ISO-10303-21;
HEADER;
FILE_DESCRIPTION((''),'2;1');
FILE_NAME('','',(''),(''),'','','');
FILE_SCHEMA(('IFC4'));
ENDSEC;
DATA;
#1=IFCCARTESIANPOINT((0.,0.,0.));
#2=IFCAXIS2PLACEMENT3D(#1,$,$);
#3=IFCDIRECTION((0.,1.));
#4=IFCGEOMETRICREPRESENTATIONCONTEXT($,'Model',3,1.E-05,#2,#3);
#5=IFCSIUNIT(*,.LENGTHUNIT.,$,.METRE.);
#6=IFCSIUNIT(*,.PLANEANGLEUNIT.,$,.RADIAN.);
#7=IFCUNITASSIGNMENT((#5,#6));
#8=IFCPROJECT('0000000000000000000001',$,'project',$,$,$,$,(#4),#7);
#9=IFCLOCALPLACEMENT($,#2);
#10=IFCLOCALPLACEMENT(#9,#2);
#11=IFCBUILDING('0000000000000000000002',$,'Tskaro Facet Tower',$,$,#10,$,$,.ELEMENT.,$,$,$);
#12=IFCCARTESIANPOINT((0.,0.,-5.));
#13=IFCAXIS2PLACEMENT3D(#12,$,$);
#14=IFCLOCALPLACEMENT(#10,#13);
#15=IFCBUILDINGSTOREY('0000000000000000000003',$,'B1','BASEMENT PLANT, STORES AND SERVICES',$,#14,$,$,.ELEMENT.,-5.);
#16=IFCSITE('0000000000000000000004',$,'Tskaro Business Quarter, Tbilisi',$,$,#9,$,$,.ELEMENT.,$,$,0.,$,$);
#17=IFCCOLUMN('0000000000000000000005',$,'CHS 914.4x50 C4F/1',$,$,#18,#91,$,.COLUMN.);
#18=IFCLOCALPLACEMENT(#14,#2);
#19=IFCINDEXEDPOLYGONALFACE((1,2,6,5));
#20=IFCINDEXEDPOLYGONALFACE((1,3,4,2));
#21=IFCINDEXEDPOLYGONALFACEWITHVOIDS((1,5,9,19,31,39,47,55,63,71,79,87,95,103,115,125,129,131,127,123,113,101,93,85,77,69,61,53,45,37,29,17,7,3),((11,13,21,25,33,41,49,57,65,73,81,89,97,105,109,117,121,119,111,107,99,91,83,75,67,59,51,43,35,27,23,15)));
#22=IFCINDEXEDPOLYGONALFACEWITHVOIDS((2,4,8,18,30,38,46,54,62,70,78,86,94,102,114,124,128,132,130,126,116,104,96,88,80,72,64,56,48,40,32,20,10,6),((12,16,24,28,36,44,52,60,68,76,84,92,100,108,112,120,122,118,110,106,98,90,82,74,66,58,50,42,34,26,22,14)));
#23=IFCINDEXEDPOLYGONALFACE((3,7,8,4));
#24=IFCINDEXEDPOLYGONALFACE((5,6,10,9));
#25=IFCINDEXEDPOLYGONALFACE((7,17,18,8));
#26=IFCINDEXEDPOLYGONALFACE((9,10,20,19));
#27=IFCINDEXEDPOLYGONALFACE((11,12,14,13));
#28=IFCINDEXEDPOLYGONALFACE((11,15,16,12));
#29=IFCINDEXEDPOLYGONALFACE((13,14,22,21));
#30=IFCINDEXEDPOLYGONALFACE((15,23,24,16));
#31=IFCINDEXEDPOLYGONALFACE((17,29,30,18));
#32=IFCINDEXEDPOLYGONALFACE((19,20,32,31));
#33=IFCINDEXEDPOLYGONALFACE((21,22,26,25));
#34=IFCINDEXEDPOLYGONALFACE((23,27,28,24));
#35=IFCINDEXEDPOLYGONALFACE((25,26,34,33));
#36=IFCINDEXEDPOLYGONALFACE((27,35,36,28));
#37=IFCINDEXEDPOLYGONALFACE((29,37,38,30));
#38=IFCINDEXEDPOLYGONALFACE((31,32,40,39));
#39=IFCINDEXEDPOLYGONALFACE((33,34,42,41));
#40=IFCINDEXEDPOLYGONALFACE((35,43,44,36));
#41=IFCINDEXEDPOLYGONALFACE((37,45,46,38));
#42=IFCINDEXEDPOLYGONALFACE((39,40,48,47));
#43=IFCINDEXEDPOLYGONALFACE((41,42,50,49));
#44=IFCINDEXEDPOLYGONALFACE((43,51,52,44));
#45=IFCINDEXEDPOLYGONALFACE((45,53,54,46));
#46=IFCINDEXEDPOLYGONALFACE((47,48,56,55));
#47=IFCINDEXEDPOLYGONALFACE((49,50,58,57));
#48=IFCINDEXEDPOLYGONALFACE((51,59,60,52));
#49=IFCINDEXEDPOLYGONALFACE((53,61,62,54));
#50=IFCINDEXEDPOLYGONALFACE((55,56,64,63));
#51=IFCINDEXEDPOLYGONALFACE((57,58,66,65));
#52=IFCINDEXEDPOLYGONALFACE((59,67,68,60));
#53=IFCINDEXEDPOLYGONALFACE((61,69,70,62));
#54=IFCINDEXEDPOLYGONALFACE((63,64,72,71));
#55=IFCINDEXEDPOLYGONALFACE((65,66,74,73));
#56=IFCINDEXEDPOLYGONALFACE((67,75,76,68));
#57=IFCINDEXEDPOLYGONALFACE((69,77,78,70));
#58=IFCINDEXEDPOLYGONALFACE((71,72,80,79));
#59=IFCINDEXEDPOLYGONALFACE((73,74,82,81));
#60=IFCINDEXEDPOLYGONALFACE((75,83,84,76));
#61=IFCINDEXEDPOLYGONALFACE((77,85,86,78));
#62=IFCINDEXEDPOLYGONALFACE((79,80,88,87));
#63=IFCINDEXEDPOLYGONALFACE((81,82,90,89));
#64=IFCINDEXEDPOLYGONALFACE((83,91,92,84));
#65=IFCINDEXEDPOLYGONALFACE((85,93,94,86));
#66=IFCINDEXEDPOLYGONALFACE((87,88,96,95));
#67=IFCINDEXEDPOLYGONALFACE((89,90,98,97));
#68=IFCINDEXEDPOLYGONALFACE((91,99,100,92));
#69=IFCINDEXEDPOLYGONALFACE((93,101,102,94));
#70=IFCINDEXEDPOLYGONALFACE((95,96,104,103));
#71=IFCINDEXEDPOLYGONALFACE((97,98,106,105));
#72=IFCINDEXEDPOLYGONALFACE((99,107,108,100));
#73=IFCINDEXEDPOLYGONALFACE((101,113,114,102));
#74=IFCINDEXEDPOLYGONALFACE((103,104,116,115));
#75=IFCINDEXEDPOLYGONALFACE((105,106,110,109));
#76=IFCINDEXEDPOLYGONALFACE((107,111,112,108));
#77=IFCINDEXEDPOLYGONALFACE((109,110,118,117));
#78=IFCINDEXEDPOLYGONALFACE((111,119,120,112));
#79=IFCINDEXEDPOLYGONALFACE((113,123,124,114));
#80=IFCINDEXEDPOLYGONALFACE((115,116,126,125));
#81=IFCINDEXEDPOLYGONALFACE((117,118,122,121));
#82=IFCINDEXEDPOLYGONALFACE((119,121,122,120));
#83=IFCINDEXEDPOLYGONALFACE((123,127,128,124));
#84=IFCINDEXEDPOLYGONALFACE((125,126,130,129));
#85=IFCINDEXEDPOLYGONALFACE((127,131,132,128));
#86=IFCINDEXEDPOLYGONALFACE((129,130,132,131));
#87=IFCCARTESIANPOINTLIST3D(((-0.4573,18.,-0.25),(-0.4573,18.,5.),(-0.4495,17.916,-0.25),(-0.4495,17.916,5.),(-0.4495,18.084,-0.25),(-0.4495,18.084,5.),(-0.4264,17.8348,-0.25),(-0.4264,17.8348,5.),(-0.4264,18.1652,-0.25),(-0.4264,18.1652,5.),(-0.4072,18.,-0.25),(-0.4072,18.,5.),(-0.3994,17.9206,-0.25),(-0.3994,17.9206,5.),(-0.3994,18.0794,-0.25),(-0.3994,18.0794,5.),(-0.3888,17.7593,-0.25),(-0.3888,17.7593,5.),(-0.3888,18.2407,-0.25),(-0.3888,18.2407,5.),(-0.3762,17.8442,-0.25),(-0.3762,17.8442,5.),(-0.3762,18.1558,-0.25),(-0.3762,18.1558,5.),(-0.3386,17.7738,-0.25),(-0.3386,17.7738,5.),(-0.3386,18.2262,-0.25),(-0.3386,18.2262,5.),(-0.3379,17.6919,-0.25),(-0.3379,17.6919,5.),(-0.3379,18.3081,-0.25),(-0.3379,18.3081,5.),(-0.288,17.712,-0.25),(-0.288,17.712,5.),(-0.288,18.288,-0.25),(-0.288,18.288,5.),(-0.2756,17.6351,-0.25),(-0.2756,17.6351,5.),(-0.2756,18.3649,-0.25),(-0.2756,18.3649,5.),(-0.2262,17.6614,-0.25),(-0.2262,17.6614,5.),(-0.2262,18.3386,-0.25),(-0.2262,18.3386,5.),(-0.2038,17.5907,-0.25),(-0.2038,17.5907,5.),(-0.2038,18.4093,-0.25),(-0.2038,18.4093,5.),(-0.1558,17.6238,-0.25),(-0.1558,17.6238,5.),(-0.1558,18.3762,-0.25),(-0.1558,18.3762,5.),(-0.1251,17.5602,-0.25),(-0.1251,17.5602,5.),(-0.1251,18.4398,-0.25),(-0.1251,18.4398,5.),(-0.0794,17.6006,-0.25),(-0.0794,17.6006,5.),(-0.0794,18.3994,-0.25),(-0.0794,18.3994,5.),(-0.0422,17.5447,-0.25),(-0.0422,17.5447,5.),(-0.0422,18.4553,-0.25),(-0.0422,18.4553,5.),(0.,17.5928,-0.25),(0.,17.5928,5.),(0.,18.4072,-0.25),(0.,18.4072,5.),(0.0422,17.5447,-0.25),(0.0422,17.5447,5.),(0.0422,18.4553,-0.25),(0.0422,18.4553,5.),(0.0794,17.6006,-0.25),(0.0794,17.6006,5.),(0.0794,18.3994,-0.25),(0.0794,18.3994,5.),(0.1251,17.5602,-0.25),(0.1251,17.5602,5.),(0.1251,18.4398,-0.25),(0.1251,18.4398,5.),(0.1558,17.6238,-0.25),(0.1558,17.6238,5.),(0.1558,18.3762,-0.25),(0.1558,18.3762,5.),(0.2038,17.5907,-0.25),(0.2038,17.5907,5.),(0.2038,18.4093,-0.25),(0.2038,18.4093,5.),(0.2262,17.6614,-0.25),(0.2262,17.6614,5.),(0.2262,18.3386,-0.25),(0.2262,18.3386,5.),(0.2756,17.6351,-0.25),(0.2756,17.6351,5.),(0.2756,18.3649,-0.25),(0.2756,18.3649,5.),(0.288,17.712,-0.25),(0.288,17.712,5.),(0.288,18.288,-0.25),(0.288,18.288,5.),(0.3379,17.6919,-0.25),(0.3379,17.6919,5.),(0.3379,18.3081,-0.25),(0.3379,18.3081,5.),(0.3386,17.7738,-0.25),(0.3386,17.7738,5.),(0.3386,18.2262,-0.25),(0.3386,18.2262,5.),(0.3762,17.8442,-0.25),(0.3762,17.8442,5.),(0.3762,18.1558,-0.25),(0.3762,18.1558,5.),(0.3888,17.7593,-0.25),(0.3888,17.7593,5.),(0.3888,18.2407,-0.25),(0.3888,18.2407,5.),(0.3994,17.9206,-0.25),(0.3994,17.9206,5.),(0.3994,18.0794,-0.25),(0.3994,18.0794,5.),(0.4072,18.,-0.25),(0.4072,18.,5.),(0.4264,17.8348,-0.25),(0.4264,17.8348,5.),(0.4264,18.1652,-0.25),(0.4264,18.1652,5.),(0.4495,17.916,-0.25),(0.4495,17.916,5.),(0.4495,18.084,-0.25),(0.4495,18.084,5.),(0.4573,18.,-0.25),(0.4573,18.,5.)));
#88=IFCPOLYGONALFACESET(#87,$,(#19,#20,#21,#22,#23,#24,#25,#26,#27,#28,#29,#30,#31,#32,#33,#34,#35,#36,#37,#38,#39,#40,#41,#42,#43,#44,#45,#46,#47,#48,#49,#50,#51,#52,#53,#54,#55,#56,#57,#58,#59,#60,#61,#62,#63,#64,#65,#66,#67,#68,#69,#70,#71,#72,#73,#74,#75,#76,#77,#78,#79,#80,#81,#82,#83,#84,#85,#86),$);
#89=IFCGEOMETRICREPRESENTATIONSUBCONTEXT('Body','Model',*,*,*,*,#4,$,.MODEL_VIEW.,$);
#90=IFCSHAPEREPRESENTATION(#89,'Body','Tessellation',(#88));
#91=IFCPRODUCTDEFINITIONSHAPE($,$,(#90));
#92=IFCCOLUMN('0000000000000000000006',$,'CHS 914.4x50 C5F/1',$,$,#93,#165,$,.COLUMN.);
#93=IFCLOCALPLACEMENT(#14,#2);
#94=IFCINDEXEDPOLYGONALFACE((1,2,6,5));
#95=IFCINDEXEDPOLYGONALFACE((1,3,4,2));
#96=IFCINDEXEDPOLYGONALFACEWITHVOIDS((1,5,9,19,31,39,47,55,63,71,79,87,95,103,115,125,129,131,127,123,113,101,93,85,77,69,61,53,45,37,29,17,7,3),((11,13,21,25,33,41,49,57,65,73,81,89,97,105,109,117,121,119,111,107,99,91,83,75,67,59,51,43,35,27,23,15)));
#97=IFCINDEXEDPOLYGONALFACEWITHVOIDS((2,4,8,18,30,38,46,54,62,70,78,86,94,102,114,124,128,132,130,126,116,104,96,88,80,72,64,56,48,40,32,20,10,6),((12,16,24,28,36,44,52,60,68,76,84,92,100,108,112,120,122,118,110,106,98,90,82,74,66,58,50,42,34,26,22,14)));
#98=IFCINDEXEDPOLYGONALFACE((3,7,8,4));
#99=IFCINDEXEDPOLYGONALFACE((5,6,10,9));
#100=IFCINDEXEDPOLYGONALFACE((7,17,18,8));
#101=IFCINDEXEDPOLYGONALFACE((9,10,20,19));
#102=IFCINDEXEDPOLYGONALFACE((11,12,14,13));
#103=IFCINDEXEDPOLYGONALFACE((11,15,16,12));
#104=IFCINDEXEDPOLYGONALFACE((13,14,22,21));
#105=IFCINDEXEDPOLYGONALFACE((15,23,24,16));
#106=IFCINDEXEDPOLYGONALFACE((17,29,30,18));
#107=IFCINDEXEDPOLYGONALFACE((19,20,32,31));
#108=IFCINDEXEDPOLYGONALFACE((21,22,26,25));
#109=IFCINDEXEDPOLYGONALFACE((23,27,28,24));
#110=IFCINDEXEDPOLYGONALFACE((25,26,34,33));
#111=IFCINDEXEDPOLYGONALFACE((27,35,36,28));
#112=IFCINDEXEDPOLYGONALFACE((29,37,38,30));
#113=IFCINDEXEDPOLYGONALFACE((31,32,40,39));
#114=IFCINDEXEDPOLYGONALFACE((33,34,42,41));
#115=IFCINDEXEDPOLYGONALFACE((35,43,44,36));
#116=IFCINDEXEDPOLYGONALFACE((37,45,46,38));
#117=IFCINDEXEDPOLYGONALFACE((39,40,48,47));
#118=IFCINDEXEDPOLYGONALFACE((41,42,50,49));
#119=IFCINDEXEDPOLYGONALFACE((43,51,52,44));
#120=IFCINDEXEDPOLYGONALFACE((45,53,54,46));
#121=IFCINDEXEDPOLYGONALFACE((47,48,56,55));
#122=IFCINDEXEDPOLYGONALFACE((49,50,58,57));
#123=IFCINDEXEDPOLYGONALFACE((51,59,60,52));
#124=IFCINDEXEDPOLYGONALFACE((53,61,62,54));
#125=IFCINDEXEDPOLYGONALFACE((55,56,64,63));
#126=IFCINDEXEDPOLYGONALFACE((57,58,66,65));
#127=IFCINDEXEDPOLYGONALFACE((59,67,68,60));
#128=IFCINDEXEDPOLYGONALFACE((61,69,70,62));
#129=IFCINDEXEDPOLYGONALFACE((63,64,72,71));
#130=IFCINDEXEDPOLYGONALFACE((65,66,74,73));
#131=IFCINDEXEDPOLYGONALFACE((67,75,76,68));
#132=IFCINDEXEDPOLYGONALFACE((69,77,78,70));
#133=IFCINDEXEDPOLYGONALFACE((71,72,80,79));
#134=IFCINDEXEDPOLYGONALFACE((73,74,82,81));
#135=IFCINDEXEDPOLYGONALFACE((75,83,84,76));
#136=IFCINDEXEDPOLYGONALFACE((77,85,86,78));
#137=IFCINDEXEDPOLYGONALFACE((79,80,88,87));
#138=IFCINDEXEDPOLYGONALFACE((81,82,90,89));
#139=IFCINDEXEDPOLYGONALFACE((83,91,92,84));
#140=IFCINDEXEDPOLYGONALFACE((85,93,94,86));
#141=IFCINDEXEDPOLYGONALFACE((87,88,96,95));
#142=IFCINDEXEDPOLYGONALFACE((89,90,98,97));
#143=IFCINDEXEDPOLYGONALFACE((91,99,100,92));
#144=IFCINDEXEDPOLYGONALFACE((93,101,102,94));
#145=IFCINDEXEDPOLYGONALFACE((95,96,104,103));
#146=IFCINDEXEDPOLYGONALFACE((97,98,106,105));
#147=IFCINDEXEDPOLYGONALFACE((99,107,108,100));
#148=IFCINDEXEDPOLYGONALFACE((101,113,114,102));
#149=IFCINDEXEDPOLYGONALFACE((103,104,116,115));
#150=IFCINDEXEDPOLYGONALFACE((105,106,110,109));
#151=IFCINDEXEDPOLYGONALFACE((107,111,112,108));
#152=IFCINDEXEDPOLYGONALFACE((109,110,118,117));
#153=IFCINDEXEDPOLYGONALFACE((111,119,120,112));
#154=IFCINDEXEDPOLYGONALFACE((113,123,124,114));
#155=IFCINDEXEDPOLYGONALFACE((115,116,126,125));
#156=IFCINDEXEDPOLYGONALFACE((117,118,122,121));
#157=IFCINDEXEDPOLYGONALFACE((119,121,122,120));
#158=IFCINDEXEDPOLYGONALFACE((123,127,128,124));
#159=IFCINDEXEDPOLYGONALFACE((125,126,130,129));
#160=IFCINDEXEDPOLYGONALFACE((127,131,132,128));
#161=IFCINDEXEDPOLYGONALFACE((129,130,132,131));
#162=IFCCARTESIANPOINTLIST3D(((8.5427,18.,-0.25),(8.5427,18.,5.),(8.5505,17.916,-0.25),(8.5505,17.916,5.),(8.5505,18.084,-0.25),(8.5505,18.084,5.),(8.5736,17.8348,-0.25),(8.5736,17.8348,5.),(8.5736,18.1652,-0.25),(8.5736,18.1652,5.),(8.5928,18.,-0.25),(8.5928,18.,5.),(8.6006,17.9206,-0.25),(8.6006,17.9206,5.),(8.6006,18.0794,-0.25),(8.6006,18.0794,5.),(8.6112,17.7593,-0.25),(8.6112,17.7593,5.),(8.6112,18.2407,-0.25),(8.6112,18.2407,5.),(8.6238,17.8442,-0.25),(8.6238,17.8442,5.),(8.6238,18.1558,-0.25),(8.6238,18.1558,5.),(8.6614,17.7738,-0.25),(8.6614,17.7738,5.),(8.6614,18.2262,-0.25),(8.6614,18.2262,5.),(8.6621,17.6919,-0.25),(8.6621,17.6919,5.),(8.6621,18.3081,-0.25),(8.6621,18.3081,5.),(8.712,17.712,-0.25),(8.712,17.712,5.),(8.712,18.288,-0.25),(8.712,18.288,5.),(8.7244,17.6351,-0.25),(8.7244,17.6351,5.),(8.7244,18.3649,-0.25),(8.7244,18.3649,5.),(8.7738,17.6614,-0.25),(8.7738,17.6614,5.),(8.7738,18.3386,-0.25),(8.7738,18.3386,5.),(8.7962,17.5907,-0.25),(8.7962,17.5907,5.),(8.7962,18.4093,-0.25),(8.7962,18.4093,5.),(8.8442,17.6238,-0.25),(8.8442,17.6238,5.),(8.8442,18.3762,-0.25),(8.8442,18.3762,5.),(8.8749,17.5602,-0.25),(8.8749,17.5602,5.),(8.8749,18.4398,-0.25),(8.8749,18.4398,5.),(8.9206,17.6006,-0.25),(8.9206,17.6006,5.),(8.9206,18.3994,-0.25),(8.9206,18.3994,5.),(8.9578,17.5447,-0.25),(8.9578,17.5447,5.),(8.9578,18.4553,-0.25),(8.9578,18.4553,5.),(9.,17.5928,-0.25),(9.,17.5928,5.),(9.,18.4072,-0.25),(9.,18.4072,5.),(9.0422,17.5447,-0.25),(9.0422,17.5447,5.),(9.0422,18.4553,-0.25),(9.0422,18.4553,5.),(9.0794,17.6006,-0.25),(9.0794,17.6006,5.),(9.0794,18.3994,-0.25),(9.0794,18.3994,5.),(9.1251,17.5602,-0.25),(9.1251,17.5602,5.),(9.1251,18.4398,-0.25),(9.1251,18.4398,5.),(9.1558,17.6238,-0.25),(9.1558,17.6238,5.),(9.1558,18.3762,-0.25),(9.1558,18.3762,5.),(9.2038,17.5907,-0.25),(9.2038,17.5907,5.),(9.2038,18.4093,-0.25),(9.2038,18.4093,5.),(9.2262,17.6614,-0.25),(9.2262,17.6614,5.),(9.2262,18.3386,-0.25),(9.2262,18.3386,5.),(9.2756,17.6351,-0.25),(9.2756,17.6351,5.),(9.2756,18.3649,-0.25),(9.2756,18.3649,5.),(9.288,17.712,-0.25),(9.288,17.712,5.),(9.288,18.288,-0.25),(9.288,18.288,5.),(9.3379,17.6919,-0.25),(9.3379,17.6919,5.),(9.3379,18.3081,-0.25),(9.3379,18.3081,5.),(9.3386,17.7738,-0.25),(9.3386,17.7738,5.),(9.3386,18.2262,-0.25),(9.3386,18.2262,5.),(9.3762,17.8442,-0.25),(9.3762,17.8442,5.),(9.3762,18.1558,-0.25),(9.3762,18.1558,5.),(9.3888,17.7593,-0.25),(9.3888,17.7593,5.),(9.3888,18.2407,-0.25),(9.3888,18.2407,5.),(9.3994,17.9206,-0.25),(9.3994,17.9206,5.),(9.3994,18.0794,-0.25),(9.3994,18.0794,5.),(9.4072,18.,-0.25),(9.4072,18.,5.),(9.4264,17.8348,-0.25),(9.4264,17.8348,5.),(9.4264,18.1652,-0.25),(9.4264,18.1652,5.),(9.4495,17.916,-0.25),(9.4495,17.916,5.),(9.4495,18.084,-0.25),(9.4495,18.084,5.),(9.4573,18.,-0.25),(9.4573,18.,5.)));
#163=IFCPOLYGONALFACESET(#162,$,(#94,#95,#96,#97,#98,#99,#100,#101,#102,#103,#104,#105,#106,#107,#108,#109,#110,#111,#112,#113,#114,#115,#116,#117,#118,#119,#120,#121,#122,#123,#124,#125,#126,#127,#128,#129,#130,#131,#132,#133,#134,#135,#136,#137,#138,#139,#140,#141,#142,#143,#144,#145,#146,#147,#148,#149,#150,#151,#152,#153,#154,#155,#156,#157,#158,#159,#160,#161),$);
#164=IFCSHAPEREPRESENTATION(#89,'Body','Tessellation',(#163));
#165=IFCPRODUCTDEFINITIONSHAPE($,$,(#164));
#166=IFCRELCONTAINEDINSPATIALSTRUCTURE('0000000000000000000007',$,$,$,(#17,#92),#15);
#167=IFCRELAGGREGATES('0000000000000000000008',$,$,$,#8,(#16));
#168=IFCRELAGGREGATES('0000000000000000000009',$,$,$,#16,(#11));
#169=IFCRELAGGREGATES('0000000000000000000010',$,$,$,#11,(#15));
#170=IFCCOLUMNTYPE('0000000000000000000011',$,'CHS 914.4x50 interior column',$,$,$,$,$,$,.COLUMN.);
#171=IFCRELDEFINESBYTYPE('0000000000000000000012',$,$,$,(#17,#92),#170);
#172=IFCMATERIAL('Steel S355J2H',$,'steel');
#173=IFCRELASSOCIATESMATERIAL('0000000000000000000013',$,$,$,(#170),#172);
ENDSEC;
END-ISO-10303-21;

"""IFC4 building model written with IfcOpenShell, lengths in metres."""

from ifc_helpers import new_model, si_unit, direction, frame, origin, origin_2d, place, context, subcontext, project, spatial, hollow_circle, extrude, material, material_profile, profile_set, type_object, element, save


model = new_model("IFC4")

# Units and contexts
model_context = context("Model", 3, precision=1e-05, world=origin(), true_north=direction((0.0, 1.0)))
body_context = subcontext(model_context, "Body", "Model", "MODEL_VIEW")
ifc_project = project(units=[si_unit("LENGTHUNIT", "METRE"), si_unit("PLANEANGLEUNIT", "RADIAN")], contexts=[model_context])

# Site, building, storey
site_placement = place(None, origin())
site = spatial("IfcSite", under=ifc_project, at=site_placement, Name="Tskaro Business Quarter, Tbilisi", CompositionType="ELEMENT", RefElevation=0.0)
building_placement = place(site_placement, origin())
building = spatial("IfcBuilding", under=site, at=building_placement, Name="Tskaro Facet Tower", CompositionType="ELEMENT")
storey_placement = place(building_placement, frame((0.0, 0.0, -5.0)))
storey = spatial("IfcBuildingStorey", under=building, at=storey_placement, Name="B1", Description="BASEMENT PLANT, STORES AND SERVICES", CompositionType="ELEMENT", Elevation=-5.0)

# Columns
ifc_material_1 = material(Name="Steel S355J2H", Category="steel")
ifc_material_profile_1 = material_profile(ifc_material_1, hollow_circle(Radius=0.4573, WallThickness=0.05, at=origin_2d()), Name="CHS 914.4x50")
ifc_profile_set_1 = profile_set([ifc_material_profile_1], Name="Steel S355J2H")
column_type_1 = type_object("IfcColumnType", Name="CHS 914.4x50 interior column", PredefinedType="COLUMN", material=ifc_profile_set_1)
for number, where, z_axis, x_axis, name in (
    (1, (0.0, 18.0, -0.25), (0.0, 0.0, 1.0), (1.0, 0.0, 0.0), "CHS 914.4x50 C4F/1"),
    (2, (9.0, 18.0, -0.25), (0.0, 0.0, 1.0), (1.0, 0.0, 0.0), "CHS 914.4x50 C5F/1"),
):
    element("IfcColumn", number, at=place(storey_placement, frame(where, z_axis=z_axis, x_axis=x_axis)), inside=storey, type_object=column_type_1, Name=name, PredefinedType="COLUMN", context=body_context, shape_type="SweptSolid", body=[
        extrude(hollow_circle(Radius=0.4573, WallThickness=0.05, at=origin_2d()), origin(), (0.0, 0.0, 1.0), 5.25),
    ])

save(model, "model.ifc")
